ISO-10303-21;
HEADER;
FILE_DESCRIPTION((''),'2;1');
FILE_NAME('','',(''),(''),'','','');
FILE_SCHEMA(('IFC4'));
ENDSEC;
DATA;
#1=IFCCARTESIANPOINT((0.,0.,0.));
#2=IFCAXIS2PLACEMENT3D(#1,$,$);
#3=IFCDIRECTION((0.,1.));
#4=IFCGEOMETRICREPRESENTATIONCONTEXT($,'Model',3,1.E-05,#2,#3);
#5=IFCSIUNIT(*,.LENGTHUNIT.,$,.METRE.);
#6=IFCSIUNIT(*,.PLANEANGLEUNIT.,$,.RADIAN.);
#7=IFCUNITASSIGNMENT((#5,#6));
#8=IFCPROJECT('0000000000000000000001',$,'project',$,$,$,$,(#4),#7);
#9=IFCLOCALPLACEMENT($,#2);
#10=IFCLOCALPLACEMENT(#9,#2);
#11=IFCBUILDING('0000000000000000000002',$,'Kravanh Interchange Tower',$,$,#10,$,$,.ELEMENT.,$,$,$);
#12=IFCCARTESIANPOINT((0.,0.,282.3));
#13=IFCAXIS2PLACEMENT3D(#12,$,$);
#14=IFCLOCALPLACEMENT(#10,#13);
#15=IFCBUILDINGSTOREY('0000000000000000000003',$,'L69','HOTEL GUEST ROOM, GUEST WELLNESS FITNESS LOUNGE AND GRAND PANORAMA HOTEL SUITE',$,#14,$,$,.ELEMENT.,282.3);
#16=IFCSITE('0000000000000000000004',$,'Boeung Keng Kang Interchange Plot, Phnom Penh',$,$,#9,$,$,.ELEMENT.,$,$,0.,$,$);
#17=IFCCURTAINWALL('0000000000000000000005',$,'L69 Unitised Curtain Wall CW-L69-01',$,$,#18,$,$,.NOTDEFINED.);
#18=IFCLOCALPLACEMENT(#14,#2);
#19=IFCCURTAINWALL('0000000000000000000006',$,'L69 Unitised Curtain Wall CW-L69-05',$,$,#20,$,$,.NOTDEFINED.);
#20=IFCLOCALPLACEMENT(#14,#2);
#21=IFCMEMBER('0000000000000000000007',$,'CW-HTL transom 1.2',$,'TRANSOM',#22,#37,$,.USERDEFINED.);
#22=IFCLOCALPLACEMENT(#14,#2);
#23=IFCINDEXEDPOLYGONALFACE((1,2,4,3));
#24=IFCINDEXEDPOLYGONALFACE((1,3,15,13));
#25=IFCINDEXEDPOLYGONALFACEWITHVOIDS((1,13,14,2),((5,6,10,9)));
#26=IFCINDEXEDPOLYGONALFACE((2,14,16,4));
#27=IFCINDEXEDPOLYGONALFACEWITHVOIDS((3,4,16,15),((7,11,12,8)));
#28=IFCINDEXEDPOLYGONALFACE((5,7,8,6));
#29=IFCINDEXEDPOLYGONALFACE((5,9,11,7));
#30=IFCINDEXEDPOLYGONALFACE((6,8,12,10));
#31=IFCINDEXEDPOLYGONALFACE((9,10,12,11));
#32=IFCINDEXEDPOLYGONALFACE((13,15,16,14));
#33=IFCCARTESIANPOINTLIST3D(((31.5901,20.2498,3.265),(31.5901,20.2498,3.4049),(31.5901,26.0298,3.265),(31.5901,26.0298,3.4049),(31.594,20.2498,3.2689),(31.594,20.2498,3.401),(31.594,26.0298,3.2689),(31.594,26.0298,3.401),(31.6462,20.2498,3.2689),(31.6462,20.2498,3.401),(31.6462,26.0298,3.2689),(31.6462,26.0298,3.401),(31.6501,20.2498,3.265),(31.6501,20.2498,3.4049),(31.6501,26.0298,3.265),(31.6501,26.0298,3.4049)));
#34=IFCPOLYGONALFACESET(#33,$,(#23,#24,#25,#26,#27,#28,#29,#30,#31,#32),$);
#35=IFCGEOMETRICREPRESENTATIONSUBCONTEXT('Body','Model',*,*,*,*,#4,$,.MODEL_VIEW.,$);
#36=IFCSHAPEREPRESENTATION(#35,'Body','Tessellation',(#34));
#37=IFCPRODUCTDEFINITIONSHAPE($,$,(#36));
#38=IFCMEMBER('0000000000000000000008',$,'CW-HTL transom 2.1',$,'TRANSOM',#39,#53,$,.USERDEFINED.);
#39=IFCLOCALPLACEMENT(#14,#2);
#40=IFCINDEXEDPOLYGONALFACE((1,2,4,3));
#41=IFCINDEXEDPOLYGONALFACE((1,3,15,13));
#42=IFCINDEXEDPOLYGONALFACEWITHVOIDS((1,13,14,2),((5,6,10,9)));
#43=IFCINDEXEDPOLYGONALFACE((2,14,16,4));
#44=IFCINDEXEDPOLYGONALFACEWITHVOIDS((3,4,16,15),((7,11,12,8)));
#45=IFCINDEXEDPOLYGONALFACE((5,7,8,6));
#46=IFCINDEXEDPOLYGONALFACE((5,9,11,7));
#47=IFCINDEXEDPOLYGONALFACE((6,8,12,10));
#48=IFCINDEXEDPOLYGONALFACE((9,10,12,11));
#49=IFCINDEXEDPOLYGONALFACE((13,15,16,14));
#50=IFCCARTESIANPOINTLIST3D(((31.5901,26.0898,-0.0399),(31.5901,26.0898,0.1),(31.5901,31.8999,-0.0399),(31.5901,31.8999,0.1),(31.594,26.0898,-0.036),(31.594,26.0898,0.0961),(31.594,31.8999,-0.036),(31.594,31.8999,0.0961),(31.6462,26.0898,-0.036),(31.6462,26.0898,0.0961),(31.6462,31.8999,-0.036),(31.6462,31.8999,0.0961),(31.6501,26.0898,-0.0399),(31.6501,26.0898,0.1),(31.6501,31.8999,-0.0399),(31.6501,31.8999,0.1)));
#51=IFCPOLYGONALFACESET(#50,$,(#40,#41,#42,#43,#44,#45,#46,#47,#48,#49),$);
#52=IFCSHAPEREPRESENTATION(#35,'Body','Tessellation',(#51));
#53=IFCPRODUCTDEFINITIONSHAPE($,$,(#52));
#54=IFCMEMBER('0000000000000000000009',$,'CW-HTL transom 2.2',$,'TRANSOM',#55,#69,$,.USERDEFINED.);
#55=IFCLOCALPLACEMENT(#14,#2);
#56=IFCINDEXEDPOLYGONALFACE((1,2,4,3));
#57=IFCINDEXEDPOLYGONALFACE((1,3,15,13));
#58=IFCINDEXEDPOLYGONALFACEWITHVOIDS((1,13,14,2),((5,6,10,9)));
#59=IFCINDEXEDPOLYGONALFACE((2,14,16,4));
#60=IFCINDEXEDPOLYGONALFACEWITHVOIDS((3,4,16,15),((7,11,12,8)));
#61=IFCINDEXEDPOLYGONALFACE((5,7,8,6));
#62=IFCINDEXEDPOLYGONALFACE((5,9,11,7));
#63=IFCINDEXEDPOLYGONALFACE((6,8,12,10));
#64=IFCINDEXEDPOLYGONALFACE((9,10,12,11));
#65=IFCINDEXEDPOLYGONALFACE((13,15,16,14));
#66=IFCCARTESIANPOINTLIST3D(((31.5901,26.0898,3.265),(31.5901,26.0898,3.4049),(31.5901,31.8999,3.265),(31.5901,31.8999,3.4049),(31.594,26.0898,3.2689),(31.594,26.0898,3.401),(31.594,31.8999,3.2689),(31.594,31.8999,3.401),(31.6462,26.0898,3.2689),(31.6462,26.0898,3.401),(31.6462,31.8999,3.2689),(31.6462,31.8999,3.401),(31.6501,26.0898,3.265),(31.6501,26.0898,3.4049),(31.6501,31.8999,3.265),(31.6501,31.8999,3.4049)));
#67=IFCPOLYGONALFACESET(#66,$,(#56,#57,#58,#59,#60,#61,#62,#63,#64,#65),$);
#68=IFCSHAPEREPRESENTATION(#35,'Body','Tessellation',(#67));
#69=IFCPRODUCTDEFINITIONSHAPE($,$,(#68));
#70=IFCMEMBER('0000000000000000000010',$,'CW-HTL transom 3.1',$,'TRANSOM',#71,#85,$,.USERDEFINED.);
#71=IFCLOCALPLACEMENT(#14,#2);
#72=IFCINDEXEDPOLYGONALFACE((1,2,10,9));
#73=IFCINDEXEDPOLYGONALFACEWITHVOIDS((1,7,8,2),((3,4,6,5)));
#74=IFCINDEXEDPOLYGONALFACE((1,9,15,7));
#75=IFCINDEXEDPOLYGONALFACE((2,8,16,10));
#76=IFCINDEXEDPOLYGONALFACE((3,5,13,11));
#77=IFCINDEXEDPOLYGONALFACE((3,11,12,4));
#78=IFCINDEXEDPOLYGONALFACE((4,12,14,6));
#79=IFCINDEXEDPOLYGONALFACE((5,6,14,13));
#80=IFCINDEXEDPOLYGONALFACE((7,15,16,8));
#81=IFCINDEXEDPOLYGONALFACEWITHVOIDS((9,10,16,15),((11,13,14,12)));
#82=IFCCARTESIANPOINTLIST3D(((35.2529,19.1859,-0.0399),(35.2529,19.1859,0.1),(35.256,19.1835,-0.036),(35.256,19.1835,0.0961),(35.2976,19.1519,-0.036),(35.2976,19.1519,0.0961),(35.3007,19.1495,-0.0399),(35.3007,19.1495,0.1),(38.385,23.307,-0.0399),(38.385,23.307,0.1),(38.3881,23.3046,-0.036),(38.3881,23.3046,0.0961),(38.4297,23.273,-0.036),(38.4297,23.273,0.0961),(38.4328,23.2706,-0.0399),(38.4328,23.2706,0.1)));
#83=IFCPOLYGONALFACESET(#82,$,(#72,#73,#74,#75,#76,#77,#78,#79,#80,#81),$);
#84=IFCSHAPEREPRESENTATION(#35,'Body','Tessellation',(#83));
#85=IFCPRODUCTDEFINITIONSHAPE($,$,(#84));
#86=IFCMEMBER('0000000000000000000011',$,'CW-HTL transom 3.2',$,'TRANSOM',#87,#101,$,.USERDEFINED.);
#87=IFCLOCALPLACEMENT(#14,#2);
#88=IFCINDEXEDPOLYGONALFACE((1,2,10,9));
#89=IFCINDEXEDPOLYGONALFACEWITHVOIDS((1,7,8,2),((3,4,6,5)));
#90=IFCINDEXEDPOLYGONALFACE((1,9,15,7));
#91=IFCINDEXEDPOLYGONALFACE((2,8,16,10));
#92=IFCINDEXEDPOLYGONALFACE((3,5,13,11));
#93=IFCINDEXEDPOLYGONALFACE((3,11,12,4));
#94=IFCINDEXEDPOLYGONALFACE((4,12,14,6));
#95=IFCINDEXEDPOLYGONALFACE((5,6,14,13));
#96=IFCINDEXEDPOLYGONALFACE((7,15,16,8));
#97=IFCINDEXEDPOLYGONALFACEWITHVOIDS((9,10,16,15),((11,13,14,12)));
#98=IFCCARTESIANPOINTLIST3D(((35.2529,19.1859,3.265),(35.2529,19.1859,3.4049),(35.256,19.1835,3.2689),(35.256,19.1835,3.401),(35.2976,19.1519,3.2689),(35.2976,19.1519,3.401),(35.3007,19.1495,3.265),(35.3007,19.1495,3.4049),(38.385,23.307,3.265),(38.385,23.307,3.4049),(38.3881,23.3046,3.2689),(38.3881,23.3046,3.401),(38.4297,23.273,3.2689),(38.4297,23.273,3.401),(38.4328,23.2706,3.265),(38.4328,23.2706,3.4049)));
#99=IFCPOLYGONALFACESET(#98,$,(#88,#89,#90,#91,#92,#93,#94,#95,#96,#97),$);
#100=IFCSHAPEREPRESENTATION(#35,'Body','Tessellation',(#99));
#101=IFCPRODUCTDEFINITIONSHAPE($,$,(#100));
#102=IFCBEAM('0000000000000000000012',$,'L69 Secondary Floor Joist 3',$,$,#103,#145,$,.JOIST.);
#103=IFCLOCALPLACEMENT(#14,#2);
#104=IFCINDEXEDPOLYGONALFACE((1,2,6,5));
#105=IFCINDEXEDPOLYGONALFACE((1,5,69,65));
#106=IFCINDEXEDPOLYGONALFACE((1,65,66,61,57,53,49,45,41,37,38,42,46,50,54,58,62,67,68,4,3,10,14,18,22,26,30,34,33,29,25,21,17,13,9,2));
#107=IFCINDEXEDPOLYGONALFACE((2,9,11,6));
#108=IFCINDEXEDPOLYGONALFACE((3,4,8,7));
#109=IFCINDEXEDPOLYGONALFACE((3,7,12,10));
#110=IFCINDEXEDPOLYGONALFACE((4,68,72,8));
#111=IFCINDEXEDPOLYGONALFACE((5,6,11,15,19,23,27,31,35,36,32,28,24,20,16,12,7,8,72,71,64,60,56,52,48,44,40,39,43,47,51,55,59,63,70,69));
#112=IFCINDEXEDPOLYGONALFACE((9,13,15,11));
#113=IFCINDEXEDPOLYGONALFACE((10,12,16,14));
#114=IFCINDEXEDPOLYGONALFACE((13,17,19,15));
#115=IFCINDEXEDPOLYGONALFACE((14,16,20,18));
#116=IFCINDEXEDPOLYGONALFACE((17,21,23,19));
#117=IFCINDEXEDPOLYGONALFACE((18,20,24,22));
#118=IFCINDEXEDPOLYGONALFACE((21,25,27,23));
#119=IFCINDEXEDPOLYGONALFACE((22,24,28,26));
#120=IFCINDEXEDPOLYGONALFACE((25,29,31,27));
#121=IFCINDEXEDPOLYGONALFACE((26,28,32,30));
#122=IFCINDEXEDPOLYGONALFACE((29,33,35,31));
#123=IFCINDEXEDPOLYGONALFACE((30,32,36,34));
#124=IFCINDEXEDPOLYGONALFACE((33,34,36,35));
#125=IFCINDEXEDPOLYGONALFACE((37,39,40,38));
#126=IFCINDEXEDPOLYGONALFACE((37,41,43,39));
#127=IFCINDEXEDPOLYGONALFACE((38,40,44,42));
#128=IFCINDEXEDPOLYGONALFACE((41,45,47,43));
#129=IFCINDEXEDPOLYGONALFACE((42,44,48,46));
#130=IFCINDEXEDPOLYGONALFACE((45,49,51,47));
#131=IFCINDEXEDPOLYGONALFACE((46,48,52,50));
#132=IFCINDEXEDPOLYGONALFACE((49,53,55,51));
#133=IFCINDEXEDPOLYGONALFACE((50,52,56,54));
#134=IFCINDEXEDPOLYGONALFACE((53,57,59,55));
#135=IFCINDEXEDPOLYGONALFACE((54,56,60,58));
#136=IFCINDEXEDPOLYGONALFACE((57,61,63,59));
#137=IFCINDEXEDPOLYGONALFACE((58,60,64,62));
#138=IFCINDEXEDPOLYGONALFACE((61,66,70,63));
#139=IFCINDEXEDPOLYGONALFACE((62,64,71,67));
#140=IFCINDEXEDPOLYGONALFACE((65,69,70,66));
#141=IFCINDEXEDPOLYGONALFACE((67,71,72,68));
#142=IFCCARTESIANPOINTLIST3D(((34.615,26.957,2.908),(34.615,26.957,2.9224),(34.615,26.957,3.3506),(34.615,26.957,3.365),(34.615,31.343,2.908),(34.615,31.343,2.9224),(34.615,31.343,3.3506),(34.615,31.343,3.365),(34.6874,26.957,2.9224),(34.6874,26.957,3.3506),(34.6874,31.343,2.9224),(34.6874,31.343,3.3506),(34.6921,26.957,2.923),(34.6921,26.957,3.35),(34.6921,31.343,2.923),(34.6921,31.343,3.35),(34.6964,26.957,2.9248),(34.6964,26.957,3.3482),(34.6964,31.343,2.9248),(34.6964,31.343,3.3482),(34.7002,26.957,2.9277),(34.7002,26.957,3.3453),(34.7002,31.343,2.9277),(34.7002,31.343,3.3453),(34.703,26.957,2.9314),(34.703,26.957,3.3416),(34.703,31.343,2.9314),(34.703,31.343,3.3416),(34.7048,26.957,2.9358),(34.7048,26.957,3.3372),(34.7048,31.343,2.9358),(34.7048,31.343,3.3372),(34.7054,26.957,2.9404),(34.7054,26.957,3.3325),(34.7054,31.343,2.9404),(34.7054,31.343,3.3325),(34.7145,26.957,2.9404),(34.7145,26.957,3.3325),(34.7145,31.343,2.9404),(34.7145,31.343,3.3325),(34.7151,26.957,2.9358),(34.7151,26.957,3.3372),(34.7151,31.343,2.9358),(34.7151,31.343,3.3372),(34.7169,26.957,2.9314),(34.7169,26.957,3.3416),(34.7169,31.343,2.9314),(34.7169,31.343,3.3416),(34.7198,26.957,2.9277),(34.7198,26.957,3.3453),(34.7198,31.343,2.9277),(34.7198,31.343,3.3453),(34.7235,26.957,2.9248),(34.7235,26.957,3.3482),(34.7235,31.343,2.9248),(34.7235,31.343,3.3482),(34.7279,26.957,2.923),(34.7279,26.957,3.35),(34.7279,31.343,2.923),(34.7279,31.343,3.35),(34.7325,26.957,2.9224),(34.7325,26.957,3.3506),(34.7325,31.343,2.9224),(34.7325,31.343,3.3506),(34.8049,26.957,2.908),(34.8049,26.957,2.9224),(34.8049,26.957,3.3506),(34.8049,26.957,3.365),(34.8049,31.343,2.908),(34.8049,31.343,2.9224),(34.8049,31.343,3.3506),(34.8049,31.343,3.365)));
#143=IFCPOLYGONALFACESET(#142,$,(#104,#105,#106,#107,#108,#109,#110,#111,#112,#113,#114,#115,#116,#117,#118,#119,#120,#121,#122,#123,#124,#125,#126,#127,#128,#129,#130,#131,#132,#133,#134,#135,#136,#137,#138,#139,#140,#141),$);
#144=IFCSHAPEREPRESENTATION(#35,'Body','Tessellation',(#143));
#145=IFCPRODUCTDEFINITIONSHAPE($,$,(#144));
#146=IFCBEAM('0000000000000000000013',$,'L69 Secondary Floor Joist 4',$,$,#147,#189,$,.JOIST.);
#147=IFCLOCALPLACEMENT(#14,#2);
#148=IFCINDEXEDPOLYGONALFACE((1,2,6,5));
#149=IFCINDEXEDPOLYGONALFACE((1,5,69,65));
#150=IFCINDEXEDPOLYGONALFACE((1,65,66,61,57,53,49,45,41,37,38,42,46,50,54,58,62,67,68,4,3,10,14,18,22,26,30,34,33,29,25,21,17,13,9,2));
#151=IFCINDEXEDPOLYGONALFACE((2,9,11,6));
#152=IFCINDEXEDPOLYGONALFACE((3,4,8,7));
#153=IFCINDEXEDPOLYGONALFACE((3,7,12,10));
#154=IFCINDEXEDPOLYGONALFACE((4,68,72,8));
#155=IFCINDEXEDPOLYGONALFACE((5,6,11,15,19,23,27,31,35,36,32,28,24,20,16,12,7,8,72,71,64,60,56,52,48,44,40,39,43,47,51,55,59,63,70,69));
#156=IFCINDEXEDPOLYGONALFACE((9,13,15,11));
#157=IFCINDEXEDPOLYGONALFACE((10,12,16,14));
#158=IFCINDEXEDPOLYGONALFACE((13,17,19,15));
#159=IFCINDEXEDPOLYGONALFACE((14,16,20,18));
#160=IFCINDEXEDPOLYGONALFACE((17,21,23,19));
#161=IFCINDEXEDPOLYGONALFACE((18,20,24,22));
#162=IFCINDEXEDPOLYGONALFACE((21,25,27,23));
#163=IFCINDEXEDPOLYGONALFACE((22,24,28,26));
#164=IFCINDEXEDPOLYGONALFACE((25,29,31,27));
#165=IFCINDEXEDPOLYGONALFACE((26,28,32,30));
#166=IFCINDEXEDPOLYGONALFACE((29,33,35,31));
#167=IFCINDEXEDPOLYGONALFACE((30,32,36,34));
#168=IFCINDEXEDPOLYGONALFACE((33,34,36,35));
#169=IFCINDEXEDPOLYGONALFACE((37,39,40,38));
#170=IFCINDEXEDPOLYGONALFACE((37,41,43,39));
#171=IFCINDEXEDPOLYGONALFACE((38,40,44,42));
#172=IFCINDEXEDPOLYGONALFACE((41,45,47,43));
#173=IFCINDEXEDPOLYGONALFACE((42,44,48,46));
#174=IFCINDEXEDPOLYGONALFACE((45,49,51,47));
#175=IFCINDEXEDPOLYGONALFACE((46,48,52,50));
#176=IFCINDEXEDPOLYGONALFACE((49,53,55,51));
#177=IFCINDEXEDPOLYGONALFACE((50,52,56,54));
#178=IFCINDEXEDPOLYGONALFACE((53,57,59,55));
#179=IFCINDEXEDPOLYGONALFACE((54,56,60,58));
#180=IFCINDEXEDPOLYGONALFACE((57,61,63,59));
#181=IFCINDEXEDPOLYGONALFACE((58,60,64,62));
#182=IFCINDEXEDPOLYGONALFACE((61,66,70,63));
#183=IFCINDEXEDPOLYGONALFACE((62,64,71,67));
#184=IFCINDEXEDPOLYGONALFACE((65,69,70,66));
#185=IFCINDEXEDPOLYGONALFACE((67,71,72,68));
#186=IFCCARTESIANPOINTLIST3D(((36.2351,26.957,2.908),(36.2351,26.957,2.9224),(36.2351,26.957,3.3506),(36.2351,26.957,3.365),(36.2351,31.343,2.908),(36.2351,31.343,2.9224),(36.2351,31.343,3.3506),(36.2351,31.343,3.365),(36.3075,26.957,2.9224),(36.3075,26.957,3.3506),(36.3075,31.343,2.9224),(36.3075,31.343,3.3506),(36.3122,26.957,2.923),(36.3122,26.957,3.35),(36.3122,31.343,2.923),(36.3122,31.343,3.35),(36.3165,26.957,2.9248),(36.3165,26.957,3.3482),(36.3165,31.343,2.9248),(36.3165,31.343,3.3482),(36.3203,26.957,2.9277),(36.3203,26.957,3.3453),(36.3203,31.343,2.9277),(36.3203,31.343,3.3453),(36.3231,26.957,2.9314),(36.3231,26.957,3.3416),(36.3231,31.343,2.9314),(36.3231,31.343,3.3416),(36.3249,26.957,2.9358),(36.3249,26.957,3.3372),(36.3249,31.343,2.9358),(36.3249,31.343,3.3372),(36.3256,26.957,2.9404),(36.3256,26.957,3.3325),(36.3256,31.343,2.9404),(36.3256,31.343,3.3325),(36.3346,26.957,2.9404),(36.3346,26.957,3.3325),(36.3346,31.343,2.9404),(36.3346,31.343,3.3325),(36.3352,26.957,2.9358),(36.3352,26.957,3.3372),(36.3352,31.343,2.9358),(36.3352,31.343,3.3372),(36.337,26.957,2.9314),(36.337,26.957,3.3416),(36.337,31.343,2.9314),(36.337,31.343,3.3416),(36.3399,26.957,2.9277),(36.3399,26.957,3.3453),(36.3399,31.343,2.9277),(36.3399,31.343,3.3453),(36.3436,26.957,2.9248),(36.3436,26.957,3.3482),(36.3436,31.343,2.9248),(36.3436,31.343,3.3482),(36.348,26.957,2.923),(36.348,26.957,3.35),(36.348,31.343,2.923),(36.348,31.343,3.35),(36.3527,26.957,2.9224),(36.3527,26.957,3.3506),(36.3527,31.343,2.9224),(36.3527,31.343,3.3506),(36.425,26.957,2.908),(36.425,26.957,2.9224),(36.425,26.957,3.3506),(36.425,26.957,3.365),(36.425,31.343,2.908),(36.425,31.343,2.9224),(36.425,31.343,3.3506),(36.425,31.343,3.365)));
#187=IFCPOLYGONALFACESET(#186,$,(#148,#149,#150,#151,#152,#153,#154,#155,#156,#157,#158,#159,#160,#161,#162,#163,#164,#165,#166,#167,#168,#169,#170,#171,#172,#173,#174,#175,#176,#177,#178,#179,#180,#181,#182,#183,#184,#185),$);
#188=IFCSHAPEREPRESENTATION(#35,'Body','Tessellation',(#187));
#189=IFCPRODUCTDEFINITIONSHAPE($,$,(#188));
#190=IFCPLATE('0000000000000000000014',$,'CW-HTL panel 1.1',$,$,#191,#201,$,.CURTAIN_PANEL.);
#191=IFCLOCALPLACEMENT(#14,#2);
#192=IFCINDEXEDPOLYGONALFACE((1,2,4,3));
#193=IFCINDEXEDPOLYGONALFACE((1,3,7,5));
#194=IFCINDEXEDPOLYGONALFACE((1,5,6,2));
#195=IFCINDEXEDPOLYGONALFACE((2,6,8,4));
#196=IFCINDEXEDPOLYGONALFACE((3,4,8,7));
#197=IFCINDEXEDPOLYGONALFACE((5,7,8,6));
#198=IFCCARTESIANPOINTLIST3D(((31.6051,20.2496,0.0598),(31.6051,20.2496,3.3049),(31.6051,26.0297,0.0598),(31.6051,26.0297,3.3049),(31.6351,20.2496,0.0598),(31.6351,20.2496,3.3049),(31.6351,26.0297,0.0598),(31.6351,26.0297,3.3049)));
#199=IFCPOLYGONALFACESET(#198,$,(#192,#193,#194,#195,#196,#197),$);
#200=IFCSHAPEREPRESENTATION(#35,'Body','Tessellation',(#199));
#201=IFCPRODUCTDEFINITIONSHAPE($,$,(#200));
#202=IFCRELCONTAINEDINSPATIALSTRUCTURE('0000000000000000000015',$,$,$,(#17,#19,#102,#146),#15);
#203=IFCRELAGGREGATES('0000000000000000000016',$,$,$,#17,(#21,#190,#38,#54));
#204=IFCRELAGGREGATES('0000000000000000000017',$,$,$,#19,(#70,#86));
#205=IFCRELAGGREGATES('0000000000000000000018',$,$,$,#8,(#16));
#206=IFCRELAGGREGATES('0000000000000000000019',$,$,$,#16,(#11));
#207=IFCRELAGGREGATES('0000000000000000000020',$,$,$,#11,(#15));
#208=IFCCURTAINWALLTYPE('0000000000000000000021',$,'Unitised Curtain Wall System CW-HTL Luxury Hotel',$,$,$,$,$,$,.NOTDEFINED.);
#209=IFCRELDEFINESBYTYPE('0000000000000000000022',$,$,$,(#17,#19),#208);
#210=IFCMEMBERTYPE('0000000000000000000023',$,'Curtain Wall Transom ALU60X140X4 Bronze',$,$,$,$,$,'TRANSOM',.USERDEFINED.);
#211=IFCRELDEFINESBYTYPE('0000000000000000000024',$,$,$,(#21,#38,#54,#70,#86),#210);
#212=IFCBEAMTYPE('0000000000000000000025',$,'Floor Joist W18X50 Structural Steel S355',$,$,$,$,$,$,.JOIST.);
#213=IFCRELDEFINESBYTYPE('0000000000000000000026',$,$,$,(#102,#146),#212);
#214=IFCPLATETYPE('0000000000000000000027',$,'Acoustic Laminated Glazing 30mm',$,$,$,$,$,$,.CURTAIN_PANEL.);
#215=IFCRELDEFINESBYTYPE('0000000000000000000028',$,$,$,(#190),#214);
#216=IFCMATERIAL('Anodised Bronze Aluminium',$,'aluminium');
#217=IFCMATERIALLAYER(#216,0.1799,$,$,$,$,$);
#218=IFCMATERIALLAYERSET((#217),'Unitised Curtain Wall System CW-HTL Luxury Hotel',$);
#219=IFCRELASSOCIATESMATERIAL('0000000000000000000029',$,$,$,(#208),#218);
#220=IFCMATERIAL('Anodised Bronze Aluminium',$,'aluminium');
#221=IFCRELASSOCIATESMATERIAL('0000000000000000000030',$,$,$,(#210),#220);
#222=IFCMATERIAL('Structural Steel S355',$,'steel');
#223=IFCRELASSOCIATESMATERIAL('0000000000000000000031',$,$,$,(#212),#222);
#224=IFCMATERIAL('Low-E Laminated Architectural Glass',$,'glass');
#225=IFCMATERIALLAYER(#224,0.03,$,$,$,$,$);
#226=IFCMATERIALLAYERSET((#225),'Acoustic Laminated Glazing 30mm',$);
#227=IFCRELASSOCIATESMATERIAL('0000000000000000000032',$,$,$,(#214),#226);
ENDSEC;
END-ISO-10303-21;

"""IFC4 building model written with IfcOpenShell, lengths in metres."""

from ifc_helpers import new_model, si_unit, direction, frame, origin, origin_2d, place, context, subcontext, project, spatial, rectangle, hollow_rectangle, i_section, extrude, material, layer, layer_set, material_profile, profile_set, type_object, element, aggregate, save


model = new_model("IFC4")

# Units and contexts
model_context = context("Model", 3, precision=1e-05, world=origin(), true_north=direction((0.0, 1.0)))
body_context = subcontext(model_context, "Body", "Model", "MODEL_VIEW")
ifc_project = project(units=[si_unit("LENGTHUNIT", "METRE"), si_unit("PLANEANGLEUNIT", "RADIAN")], contexts=[model_context])

# Site, building, storey
site_placement = place(None, origin())
site = spatial("IfcSite", under=ifc_project, at=site_placement, Name="Boeung Keng Kang Interchange Plot, Phnom Penh", CompositionType="ELEMENT", RefElevation=0.0)
building_placement = place(site_placement, origin())
building = spatial("IfcBuilding", under=site, at=building_placement, Name="Kravanh Interchange Tower", CompositionType="ELEMENT")
storey_placement = place(building_placement, frame((0.0, 0.0, 282.3)))
storey = spatial("IfcBuildingStorey", under=building, at=storey_placement, Name="L69", Description="HOTEL GUEST ROOM, GUEST WELLNESS FITNESS LOUNGE AND GRAND PANORAMA HOTEL SUITE", CompositionType="ELEMENT", Elevation=282.3)

# Curtain walls
ifc_material_1 = material(Name="Anodised Bronze Aluminium", Category="aluminium")
ifc_layer_1 = layer(ifc_material_1, 0.1799)
ifc_layer_set_1 = layer_set([ifc_layer_1], Name="Unitised Curtain Wall System CW-HTL Luxury Hotel")
curtain_wall_type = type_object("IfcCurtainWallType", Name="Unitised Curtain Wall System CW-HTL Luxury Hotel", PredefinedType="NOTDEFINED", material=ifc_layer_set_1)
curtain_wall_1_placement = place(storey_placement, origin())
curtain_wall_1 = element("IfcCurtainWall", 1, at=curtain_wall_1_placement, inside=storey, type_object=curtain_wall_type, Name="L69 Unitised Curtain Wall CW-L69-01", PredefinedType="NOTDEFINED")
curtain_wall_2_placement = place(storey_placement, origin())
curtain_wall_2 = element("IfcCurtainWall", 2, at=curtain_wall_2_placement, inside=storey, type_object=curtain_wall_type, Name="L69 Unitised Curtain Wall CW-L69-05", PredefinedType="NOTDEFINED")

# Members
ifc_material_2 = material(Name="Anodised Bronze Aluminium", Category="aluminium")
ifc_material_profile_1 = material_profile(ifc_material_2, hollow_rectangle(XDim=0.0601, YDim=0.1399, WallThickness=0.0039, at=origin_2d()), Name="ALU60X140X4")
ifc_profile_set_1 = profile_set([ifc_material_profile_1], Name="Anodised Bronze Aluminium")
member_type_1 = type_object("IfcMemberType", Name="Curtain Wall Transom ALU60X140X4 Bronze", ElementType="TRANSOM", PredefinedType="USERDEFINED", material=ifc_profile_set_1)
member_1_placement = place(storey_placement, frame((31.6201, 20.2498, 3.335), z_axis=(0.0, 1.0, 0.0), x_axis=(-1.0, 0.0, 0.0)))
member_1 = element("IfcMember", 3, at=member_1_placement, type_object=member_type_1, Name="CW-HTL transom 1.2", ObjectType="TRANSOM", PredefinedType="USERDEFINED", context=body_context, shape_type="SweptSolid", body=[
    extrude(hollow_rectangle(XDim=0.0601, YDim=0.1399, WallThickness=0.0039, at=origin_2d()), origin(), (0.0, 0.0, 1.0), 5.78),
])
member_2_placement = place(storey_placement, frame((31.6201, 26.0898, 0.03), z_axis=(0.0, 1.0, 0.0), x_axis=(-1.0, 0.0, 0.0)))
member_2 = element("IfcMember", 4, at=member_2_placement, type_object=member_type_1, Name="CW-HTL transom 2.1", ObjectType="TRANSOM", PredefinedType="USERDEFINED", context=body_context, shape_type="SweptSolid", body=[
    extrude(hollow_rectangle(XDim=0.0601, YDim=0.1399, WallThickness=0.0039, at=origin_2d()), origin(), (0.0, 0.0, 1.0), 5.8101),
])
member_3_placement = place(storey_placement, frame((31.6201, 26.0898, 3.335), z_axis=(0.0, 1.0, 0.0), x_axis=(-1.0, 0.0, 0.0)))
member_3 = element("IfcMember", 5, at=member_3_placement, type_object=member_type_1, Name="CW-HTL transom 2.2", ObjectType="TRANSOM", PredefinedType="USERDEFINED", context=body_context, shape_type="SweptSolid", body=[
    extrude(hollow_rectangle(XDim=0.0601, YDim=0.1399, WallThickness=0.0039, at=origin_2d()), origin(), (0.0, 0.0, 1.0), 5.8101),
])
member_4_placement = place(storey_placement, frame((38.4089, 23.2888, 0.03), z_axis=(-0.605089, -0.796158, 0.0), x_axis=(0.796158, -0.605089, 0.0)))
member_4 = element("IfcMember", 6, at=member_4_placement, type_object=member_type_1, Name="CW-HTL transom 3.1", ObjectType="TRANSOM", PredefinedType="USERDEFINED", context=body_context, shape_type="SweptSolid", body=[
    extrude(hollow_rectangle(XDim=0.0601, YDim=0.1399, WallThickness=0.0039, at=origin_2d()), origin(), (0.0, 0.0, 1.0), 5.1763),
])
member_5_placement = place(storey_placement, frame((38.4089, 23.2888, 3.335), z_axis=(-0.605089, -0.796158, 0.0), x_axis=(0.796158, -0.605089, 0.0)))
member_5 = element("IfcMember", 7, at=member_5_placement, type_object=member_type_1, Name="CW-HTL transom 3.2", ObjectType="TRANSOM", PredefinedType="USERDEFINED", context=body_context, shape_type="SweptSolid", body=[
    extrude(hollow_rectangle(XDim=0.0601, YDim=0.1399, WallThickness=0.0039, at=origin_2d()), origin(), (0.0, 0.0, 1.0), 5.1763),
])

# Beams
ifc_material_3 = material(Name="Structural Steel S355", Category="steel")
ifc_material_profile_2 = material_profile(ifc_material_3, i_section(OverallWidth=0.1899, OverallDepth=0.457, WebThickness=0.009, FlangeThickness=0.0144, FilletRadius=0.0181, at=origin_2d()), Name="W18X50")
ifc_profile_set_2 = profile_set([ifc_material_profile_2], Name="Structural Steel S355")
beam_type = type_object("IfcBeamType", Name="Floor Joist W18X50 Structural Steel S355", PredefinedType="JOIST", material=ifc_profile_set_2)
for number, where, z_axis, x_axis, name in (
    (8, (34.71, 26.957, 3.1365), (0.0, 1.0, 0.0), (-1.0, 0.0, 0.0), "L69 Secondary Floor Joist 3"),
    (9, (36.3301, 26.957, 3.1365), (0.0, 1.0, 0.0), (-1.0, 0.0, 0.0), "L69 Secondary Floor Joist 4"),
):
    element("IfcBeam", number, at=place(storey_placement, frame(where, z_axis=z_axis, x_axis=x_axis)), inside=storey, type_object=beam_type, Name=name, PredefinedType="JOIST", context=body_context, shape_type="SweptSolid", body=[
        extrude(i_section(OverallWidth=0.1899, OverallDepth=0.457, WebThickness=0.009, FlangeThickness=0.0144, FilletRadius=0.0181, at=origin_2d()), origin(), (0.0, 0.0, 1.0), 4.386),
    ])

# Plate
ifc_material_4 = material(Name="Low-E Laminated Architectural Glass", Category="glass")
ifc_layer_2 = layer(ifc_material_4, 0.03)
ifc_layer_set_2 = layer_set([ifc_layer_2], Name="Acoustic Laminated Glazing 30mm")
plate_type = type_object("IfcPlateType", Name="Acoustic Laminated Glazing 30mm", PredefinedType="CURTAIN_PANEL", material=ifc_layer_set_2)
plate_1_placement = place(storey_placement, frame((31.6201, 23.1396, 0.0598), z_axis=(0.0, 0.0, 1.0), x_axis=(0.0, 1.0, 0.0)))
plate_1 = element("IfcPlate", 10, at=plate_1_placement, type_object=plate_type, Name="CW-HTL panel 1.1", PredefinedType="CURTAIN_PANEL", context=body_context, shape_type="SweptSolid", body=[
    extrude(rectangle(XDim=5.78, YDim=0.03, at=origin_2d()), origin(), (0.0, 0.0, 1.0), 3.2451),
])
aggregate(curtain_wall_1, [member_1, plate_1, member_2, member_3])
aggregate(curtain_wall_2, [member_4, member_5])

save(model, "model.ifc")
